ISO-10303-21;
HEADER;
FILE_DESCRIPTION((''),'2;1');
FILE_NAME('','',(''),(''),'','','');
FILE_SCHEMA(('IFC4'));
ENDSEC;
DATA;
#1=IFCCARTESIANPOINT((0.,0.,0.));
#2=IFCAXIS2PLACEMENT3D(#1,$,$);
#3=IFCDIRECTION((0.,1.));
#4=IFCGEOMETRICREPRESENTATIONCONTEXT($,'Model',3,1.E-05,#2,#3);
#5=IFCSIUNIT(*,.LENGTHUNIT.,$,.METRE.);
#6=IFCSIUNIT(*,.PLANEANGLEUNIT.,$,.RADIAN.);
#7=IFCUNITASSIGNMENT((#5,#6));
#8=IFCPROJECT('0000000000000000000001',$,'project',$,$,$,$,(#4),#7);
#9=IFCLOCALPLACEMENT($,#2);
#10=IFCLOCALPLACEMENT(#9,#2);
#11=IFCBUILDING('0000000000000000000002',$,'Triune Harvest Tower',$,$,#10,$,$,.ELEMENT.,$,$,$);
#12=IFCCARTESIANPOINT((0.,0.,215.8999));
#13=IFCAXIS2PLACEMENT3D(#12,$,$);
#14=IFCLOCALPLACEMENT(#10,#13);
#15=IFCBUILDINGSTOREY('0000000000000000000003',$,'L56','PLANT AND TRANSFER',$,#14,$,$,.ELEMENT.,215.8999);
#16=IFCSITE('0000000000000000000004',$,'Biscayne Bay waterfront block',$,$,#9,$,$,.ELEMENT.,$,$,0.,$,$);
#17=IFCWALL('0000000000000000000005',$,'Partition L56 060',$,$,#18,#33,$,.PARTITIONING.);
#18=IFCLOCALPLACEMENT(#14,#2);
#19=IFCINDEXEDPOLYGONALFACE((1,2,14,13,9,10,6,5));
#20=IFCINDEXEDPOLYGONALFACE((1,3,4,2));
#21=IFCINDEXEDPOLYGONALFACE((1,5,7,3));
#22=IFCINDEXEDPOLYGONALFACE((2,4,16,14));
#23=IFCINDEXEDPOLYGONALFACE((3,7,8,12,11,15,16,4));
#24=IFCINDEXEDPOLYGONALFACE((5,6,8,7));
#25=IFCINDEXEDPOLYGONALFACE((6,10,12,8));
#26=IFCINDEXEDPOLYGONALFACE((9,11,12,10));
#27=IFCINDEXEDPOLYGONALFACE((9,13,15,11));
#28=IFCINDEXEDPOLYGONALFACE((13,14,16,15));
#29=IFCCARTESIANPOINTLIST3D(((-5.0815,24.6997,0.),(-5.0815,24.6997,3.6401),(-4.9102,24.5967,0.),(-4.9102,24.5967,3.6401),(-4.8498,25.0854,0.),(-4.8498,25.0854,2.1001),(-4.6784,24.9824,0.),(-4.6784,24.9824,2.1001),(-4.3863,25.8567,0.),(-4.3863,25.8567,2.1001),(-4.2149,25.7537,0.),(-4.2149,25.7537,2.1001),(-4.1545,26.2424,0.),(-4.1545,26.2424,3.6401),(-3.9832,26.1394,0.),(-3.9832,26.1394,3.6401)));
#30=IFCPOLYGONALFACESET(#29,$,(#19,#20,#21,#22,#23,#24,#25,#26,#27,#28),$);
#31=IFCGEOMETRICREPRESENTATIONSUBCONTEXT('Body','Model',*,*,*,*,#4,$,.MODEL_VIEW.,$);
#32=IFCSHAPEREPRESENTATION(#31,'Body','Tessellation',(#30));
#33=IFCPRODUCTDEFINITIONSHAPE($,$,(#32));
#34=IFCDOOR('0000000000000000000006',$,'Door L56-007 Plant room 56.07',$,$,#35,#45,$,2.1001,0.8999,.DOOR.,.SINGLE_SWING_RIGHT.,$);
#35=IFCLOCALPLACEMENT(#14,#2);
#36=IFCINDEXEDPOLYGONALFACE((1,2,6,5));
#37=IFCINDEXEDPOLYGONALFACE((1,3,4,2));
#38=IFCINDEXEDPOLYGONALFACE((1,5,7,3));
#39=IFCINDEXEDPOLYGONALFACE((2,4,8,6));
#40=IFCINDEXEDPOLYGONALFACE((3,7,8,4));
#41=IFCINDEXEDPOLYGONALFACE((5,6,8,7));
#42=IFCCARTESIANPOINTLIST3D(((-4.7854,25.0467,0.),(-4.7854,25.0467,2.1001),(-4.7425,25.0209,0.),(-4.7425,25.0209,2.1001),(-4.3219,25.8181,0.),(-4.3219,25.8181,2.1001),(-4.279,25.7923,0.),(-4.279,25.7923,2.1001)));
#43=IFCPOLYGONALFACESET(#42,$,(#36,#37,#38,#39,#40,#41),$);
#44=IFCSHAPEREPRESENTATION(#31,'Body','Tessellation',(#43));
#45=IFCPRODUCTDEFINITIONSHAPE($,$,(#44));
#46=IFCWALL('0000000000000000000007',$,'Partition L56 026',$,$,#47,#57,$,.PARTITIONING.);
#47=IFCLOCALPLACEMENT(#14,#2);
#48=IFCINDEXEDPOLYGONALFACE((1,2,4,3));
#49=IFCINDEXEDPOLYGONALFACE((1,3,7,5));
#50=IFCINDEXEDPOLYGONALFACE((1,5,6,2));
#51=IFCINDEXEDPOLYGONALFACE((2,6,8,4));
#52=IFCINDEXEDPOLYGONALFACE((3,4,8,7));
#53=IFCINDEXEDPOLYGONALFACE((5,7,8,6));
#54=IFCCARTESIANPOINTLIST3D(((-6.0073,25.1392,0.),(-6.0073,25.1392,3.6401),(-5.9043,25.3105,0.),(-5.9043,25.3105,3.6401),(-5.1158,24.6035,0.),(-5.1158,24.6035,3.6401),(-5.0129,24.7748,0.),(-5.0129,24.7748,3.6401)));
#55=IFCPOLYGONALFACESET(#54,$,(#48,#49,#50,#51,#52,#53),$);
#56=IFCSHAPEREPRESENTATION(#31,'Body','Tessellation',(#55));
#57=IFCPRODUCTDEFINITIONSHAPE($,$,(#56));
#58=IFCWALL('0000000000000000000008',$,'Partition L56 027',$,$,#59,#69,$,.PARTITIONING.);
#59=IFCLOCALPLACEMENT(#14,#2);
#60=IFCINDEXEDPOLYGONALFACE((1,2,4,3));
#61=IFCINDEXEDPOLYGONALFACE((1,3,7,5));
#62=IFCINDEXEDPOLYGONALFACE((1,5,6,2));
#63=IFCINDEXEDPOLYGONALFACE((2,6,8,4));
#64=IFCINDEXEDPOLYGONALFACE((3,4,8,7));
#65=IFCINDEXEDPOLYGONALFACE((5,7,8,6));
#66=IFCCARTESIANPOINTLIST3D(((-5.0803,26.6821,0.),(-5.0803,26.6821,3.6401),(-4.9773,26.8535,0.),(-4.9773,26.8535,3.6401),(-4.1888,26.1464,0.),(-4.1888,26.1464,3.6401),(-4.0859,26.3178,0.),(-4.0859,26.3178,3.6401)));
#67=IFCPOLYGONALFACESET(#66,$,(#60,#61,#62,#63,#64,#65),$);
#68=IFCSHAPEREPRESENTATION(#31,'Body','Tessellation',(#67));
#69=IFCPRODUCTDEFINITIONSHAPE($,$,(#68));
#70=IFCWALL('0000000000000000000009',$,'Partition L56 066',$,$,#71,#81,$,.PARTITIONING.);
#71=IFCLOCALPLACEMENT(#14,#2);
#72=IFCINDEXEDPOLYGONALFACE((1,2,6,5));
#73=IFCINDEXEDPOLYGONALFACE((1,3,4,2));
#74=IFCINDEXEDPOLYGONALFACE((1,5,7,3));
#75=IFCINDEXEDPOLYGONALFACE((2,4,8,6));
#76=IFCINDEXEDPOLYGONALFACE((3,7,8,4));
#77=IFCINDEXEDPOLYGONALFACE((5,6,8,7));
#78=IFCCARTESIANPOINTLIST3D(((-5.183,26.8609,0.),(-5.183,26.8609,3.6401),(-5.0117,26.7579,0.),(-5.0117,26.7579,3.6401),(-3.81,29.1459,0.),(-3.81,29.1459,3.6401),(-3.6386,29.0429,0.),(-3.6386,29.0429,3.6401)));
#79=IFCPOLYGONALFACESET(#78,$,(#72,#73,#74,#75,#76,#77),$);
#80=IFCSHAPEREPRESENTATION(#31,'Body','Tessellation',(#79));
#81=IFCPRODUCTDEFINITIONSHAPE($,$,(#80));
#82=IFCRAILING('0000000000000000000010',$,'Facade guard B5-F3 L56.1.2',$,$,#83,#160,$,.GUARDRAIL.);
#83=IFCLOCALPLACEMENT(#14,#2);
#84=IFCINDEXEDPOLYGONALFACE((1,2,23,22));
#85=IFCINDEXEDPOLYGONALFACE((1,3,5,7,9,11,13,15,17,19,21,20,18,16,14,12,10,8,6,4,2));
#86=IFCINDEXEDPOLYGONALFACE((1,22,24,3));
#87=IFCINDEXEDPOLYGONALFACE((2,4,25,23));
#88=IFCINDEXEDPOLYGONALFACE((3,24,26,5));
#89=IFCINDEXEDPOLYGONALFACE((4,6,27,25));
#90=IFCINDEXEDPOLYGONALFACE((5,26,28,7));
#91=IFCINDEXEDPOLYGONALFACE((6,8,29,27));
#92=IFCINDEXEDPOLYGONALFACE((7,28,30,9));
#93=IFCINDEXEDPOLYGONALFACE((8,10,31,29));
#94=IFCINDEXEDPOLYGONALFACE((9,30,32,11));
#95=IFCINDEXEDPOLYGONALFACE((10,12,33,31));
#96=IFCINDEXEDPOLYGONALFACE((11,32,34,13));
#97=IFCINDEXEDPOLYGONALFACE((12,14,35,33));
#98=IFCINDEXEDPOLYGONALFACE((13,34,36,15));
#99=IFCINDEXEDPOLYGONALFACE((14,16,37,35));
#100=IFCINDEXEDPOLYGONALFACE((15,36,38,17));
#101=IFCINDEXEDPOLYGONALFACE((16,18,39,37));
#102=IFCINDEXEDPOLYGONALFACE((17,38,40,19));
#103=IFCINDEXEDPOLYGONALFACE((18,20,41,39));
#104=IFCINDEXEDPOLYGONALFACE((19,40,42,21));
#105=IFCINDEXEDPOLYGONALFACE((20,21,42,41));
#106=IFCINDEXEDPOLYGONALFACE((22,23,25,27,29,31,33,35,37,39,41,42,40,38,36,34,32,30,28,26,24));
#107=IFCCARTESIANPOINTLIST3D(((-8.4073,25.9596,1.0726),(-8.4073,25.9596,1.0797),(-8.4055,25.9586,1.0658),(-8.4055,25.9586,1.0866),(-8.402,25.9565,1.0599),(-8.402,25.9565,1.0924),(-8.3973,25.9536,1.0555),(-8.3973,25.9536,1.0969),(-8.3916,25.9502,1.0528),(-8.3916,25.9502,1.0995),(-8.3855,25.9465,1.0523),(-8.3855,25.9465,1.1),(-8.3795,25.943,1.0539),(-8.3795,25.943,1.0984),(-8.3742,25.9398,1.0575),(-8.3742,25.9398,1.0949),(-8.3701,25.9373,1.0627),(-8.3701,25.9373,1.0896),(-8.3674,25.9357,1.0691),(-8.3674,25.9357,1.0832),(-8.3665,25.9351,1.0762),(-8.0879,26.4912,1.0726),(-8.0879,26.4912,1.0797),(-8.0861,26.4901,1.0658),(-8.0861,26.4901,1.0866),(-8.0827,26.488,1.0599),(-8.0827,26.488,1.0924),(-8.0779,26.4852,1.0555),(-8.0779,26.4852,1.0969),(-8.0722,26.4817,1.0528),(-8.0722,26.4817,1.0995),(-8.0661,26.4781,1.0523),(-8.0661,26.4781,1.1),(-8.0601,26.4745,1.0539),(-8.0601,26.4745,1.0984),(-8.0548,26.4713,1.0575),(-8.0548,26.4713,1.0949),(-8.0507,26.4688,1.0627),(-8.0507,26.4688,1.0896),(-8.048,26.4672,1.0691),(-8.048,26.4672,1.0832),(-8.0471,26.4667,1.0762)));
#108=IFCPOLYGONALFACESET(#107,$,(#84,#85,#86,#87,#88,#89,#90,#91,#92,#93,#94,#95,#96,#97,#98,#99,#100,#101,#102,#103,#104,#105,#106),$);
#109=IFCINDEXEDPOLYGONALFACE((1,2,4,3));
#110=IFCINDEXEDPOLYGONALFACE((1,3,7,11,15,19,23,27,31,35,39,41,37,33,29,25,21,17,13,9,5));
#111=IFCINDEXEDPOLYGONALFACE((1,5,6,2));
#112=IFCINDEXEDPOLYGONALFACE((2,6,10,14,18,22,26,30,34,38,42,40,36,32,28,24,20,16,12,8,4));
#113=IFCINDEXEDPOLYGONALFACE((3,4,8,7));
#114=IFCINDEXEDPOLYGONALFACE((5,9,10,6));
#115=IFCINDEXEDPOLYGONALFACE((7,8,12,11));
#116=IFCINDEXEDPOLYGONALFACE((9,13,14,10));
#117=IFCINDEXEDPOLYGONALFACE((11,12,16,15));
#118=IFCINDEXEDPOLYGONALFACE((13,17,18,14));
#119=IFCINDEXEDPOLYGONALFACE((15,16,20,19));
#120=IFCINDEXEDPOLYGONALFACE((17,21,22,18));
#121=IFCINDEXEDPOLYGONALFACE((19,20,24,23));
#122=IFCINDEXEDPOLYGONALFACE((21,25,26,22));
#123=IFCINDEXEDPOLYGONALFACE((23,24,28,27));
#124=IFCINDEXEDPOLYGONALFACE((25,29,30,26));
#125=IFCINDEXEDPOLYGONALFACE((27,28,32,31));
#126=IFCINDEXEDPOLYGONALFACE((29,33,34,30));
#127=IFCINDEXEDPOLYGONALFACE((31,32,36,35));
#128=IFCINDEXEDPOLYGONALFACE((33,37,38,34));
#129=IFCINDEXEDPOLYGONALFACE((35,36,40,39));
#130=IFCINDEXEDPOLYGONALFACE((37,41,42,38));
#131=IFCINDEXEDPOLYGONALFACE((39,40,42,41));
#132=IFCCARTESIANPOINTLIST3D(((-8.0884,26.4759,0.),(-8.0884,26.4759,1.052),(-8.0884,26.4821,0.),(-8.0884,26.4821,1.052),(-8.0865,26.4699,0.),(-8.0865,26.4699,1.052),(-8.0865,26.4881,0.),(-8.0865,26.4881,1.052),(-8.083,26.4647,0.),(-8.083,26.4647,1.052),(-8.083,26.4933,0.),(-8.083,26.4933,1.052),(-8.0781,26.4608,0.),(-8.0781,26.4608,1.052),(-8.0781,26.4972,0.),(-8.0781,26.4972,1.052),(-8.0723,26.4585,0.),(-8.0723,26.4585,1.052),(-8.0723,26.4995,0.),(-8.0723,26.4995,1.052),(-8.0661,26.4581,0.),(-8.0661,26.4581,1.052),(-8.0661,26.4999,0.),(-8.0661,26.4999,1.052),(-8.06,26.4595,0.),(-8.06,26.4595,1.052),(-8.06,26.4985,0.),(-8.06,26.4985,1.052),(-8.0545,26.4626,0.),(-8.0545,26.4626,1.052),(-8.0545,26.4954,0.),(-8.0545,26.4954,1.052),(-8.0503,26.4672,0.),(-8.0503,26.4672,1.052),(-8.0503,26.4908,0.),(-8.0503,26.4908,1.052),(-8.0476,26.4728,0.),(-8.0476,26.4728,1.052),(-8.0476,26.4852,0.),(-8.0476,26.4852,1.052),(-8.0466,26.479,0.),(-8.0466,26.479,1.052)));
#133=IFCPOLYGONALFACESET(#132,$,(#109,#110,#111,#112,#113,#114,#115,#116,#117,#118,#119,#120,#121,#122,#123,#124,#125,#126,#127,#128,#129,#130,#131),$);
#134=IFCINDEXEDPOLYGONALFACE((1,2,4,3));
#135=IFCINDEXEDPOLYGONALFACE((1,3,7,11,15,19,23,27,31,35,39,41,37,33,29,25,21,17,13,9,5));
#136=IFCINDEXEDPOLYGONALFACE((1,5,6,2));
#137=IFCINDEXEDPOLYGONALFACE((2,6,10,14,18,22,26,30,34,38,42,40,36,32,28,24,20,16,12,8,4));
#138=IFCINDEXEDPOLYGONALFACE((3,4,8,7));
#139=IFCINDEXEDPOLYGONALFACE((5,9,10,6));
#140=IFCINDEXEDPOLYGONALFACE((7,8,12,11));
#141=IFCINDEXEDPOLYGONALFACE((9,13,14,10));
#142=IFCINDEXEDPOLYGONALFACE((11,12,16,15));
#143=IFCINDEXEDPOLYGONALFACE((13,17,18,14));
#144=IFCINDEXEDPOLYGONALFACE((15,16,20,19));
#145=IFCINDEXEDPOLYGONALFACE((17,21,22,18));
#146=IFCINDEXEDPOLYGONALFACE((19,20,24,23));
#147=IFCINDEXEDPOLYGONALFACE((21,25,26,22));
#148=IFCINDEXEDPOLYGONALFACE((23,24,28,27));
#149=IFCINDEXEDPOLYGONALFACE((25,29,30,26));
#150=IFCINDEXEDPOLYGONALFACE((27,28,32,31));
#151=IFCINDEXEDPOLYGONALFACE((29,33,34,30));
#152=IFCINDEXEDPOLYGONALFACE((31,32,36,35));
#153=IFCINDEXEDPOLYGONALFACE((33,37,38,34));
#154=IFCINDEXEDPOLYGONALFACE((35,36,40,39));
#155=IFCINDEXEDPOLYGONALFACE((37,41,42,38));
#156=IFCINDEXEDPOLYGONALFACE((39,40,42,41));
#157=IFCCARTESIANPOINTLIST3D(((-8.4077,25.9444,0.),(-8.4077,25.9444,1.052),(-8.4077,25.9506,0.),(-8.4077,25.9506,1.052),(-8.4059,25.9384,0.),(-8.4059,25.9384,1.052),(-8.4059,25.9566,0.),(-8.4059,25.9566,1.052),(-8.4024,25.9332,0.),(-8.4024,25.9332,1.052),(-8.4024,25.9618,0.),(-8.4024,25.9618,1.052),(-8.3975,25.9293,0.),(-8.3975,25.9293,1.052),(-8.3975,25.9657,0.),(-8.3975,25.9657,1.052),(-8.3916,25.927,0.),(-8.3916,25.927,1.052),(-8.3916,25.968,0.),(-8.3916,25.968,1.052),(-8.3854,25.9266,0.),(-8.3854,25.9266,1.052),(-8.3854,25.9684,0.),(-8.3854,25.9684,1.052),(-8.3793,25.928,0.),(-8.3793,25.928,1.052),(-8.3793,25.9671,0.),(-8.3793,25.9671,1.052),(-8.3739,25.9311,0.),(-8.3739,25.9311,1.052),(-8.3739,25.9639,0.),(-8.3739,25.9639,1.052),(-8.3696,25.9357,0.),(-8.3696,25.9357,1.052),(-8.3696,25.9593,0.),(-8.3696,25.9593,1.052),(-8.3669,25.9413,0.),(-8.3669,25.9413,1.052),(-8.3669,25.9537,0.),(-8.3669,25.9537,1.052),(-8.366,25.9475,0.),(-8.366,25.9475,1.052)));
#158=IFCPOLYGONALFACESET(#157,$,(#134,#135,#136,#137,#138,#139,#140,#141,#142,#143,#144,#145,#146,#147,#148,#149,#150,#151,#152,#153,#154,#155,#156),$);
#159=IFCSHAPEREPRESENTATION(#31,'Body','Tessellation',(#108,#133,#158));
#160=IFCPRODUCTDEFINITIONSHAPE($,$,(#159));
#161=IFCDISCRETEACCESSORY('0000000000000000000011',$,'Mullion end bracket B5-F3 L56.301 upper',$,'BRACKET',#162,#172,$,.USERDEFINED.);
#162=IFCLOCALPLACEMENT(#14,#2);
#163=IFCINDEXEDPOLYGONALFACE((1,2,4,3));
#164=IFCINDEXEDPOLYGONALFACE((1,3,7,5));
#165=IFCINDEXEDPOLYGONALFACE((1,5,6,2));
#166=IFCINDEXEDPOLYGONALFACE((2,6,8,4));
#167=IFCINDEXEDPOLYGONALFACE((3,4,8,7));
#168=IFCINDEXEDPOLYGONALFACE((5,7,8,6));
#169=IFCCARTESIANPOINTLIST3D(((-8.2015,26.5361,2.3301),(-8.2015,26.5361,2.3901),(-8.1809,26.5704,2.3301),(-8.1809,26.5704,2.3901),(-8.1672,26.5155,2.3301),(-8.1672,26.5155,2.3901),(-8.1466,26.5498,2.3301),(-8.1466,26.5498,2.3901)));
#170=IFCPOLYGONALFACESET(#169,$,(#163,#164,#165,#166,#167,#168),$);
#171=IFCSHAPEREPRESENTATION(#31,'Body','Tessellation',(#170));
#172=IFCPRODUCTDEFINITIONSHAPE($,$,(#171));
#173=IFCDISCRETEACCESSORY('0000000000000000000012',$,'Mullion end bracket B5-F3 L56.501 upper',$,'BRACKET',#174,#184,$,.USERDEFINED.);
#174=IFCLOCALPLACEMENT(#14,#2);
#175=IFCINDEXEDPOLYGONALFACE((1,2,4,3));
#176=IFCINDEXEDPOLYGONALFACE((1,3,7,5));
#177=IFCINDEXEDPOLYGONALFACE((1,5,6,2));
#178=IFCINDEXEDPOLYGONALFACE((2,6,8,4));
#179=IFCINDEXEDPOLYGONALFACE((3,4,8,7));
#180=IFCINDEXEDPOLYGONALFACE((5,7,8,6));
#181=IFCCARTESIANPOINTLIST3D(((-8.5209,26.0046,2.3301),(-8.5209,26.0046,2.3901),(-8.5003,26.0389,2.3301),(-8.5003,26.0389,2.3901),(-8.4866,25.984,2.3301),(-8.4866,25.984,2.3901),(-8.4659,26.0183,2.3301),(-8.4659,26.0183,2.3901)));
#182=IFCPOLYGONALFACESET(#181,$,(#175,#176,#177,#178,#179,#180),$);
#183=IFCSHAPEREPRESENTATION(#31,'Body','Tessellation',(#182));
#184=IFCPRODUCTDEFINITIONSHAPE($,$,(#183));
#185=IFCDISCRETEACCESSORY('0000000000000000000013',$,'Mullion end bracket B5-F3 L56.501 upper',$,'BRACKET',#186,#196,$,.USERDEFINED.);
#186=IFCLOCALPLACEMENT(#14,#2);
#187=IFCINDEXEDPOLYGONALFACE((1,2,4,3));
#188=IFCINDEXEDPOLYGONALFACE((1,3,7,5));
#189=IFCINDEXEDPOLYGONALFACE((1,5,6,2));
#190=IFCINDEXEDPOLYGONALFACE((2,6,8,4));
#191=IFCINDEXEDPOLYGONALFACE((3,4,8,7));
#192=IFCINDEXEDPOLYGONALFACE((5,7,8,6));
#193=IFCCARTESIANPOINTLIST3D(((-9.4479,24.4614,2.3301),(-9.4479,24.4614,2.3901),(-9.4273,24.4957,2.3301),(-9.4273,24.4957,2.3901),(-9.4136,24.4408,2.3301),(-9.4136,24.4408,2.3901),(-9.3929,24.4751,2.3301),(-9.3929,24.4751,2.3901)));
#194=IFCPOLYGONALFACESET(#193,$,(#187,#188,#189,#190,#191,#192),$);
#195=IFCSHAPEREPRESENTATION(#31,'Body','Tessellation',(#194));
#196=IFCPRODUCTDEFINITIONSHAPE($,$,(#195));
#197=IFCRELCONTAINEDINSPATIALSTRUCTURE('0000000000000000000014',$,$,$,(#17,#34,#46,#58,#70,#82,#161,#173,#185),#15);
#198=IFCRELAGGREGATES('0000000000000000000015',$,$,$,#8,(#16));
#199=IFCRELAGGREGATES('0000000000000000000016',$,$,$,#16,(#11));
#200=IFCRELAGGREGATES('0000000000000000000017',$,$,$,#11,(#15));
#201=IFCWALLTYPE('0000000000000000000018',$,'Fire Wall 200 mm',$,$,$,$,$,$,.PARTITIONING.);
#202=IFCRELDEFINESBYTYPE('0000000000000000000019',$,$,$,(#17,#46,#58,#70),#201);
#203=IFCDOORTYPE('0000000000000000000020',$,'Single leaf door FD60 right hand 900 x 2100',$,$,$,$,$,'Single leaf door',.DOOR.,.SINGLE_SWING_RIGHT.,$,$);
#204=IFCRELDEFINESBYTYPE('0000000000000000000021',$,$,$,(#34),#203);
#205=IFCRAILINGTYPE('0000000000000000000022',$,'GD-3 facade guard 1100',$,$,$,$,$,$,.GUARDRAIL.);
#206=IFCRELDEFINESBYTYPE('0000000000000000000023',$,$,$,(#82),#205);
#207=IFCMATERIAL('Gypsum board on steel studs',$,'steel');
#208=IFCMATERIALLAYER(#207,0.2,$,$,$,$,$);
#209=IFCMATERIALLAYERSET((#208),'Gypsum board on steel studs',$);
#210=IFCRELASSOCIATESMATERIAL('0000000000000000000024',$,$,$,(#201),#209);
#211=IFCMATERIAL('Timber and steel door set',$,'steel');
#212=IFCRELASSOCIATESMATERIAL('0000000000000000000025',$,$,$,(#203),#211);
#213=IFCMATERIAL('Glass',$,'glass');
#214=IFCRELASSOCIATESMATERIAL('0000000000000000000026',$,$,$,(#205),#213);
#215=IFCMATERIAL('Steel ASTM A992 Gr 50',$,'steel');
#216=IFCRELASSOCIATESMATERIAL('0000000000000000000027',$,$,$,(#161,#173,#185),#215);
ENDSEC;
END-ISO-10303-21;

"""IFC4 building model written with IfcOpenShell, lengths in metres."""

from ifc_helpers import new_model, si_unit, direction, frame, frame_2d, origin, origin_2d, place, context, subcontext, project, spatial, rectangle, circle, extrude, source, transform, mapped, material, layer, layer_set, type_object, element, fill, save


model = new_model("IFC4")

# Units and contexts
model_context = context("Model", 3, precision=1e-05, world=origin(), true_north=direction((0.0, 1.0)))
body_context = subcontext(model_context, "Body", "Model", "MODEL_VIEW")
ifc_project = project(units=[si_unit("LENGTHUNIT", "METRE"), si_unit("PLANEANGLEUNIT", "RADIAN")], contexts=[model_context])

# Site, building, storey
site_placement = place(None, origin())
site = spatial("IfcSite", under=ifc_project, at=site_placement, Name="Biscayne Bay waterfront block", CompositionType="ELEMENT", RefElevation=0.0)
building_placement = place(site_placement, origin())
building = spatial("IfcBuilding", under=site, at=building_placement, Name="Triune Harvest Tower", CompositionType="ELEMENT")
storey_placement = place(building_placement, frame((0.0, 0.0, 215.8999)))
storey = spatial("IfcBuildingStorey", under=building, at=storey_placement, Name="L56", Description="PLANT AND TRANSFER", CompositionType="ELEMENT", Elevation=215.8999)

# Wall, opening, door
ifc_material_1 = material(Name="Gypsum board on steel studs", Category="steel")
ifc_layer_1 = layer(ifc_material_1, 0.2)
ifc_layer_set_1 = layer_set([ifc_layer_1], Name="Gypsum board on steel studs")
wall_type = type_object("IfcWallType", Name="Fire Wall 200 mm", PredefinedType="PARTITIONING", material=ifc_layer_set_1)
wall_1_placement = place(storey_placement, frame((-4.9958, 24.6482, 0.0), z_axis=(0.0, 0.0, 1.0), x_axis=(0.515054, 0.857158, 0.0)))
wall_1 = element("IfcWall", 1, at=wall_1_placement, inside=storey, type_object=wall_type, Name="Partition L56 060", PredefinedType="PARTITIONING", context=body_context, shape_type="SweptSolid", body=[
    extrude(rectangle(XDim=1.7998, YDim=0.2, at=frame_2d((0.8999, 0.0))), origin(), (0.0, 0.0, 1.0), 3.6401),
])
opening_placement = place(wall_1_placement, frame((0.45, 0.0, 0.0)))
opening = element("IfcOpeningElement", 2, at=opening_placement, cuts=wall_1, PredefinedType="OPENING", context=body_context, shape_type="SweptSolid", body=[
    extrude(rectangle(XDim=0.8999, YDim=2.1001, at=frame_2d((0.45, 1.05))), frame((0.0, 0.1099, 0.0), z_axis=(0.0, -1.0, 0.0), x_axis=(1.0, 0.0, 0.0)), (0.0, 0.0, 1.0), 0.22),
])
ifc_material_2 = material(Name="Timber and steel door set", Category="steel")
door_type = type_object("IfcDoorType", Name="Single leaf door FD60 right hand 900 x 2100", ElementType="Single leaf door", OperationType="SINGLE_SWING_RIGHT", PredefinedType="DOOR", material=ifc_material_2)
door_placement = place(opening_placement, origin())
door = element("IfcDoor", 3, at=door_placement, inside=storey, type_object=door_type, Name="Door L56-007 Plant room 56.07", OperationType="SINGLE_SWING_RIGHT", OverallHeight=2.1001, OverallWidth=0.8999, PredefinedType="DOOR", context=body_context, shape_type="SweptSolid", body=[
    extrude(rectangle(XDim=0.8999, YDim=2.1001, at=frame_2d((0.45, 1.05))), frame((0.0, 0.0249, 0.0), z_axis=(0.0, -1.0, 0.0), x_axis=(1.0, 0.0, 0.0)), (0.0, 0.0, 1.0), 0.05),
])
fill(opening, door)

# Walls
shared_shape_1 = source(origin(), body_context, "Body", "SweptSolid", [
    extrude(rectangle(XDim=1.04, YDim=0.2, at=frame_2d((0.52, 0.0))), origin(), (0.0, 0.0, 1.0), 3.6401),
])
for number, where, z_axis, x_axis, name in (
    (4, (-5.9558, 25.2249, 0.0), (0.0, 0.0, 1.0), (0.857141, -0.515083, 0.0), "Partition L56 026"),
    (5, (-5.0288, 26.7678, 0.0), (0.0, 0.0, 1.0), (0.857141, -0.515083, 0.0), "Partition L56 027"),
):
    element("IfcWall", number, at=place(storey_placement, frame(where, z_axis=z_axis, x_axis=x_axis)), inside=storey, type_object=wall_type, Name=name, PredefinedType="PARTITIONING", context=body_context, shape_type="MappedRepresentation", body=[
        mapped(shared_shape_1, transform((0.0, 0.0, 0.0), scale=1.0)),
    ])
shared_shape_2 = source(origin(), body_context, "Body", "SweptSolid", [
    extrude(rectangle(XDim=2.6658, YDim=0.2, at=frame_2d((1.333, 0.0))), origin(), (0.0, 0.0, 1.0), 3.6401),
])
wall_2_placement = place(storey_placement, frame((-5.0974, 26.8093, 0.0), z_axis=(0.0, 0.0, 1.0), x_axis=(0.515075, 0.857145, 0.0)))
element("IfcWall", 6, at=wall_2_placement, inside=storey, type_object=wall_type, Name="Partition L56 066", PredefinedType="PARTITIONING", context=body_context, shape_type="MappedRepresentation", body=[
    mapped(shared_shape_2, transform((0.0, 0.0, 0.0), scale=1.0)),
])

# Railing
ifc_material_3 = material(Name="Glass", Category="glass")
railing_type = type_object("IfcRailingType", Name="GD-3 facade guard 1100", PredefinedType="GUARDRAIL", material=ifc_material_3)
railing_placement = place(storey_placement, frame((-8.0676, 26.479, 0.0)))
element("IfcRailing", 7, at=railing_placement, inside=storey, type_object=railing_type, Name="Facade guard B5-F3 L56.1.2", PredefinedType="GUARDRAIL", context=body_context, shape_type="SweptSolid", body=[
    extrude(circle(Radius=0.0239, at=origin_2d()), frame((0.0, 0.0, 1.0762), z_axis=(-0.515017, -0.85718, 0.0), x_axis=(0.85718, -0.515017, 0.0)), (0.0, 0.0, 1.0), 0.6201),
    extrude(circle(Radius=0.021, at=origin_2d()), origin(), (0.0, 0.0, 1.0), 1.052),
    extrude(circle(Radius=0.021, at=origin_2d()), frame((-0.3193, -0.5315, 0.0)), (0.0, 0.0, 1.0), 1.052),
])

# Discrete accessories
ifc_material_4 = material(Name="Steel ASTM A992 Gr 50", Category="steel")
shared_shape_3 = source(origin(), body_context, "Body", "SweptSolid", [
    extrude(rectangle(XDim=0.04, YDim=0.04, at=origin_2d()), origin(), (0.0, 0.0, 1.0), 0.0601),
])
for number, where, z_axis, x_axis, name in (
    (8, (-8.1741, 26.543, 2.3301), (0.0, 0.0, 1.0), (-0.514969, -0.857209, 0.0), "Mullion end bracket B5-F3 L56.301 upper"),
    (9, (-8.4934, 26.0115, 2.3301), (0.0, 0.0, 1.0), (-0.515035, -0.857169, 0.0), "Mullion end bracket B5-F3 L56.501 upper"),
    (10, (-9.4204, 24.4683, 2.3301), (0.0, 0.0, 1.0), (-0.515035, -0.857169, 0.0), "Mullion end bracket B5-F3 L56.501 upper"),
):
    element("IfcDiscreteAccessory", number, at=place(storey_placement, frame(where, z_axis=z_axis, x_axis=x_axis)), inside=storey, material=ifc_material_4, Name=name, ObjectType="BRACKET", PredefinedType="USERDEFINED", context=body_context, shape_type="MappedRepresentation", body=[
        mapped(shared_shape_3, transform((0.0, 0.0, 0.0), scale=1.0)),
    ])

save(model, "model.ifc")
